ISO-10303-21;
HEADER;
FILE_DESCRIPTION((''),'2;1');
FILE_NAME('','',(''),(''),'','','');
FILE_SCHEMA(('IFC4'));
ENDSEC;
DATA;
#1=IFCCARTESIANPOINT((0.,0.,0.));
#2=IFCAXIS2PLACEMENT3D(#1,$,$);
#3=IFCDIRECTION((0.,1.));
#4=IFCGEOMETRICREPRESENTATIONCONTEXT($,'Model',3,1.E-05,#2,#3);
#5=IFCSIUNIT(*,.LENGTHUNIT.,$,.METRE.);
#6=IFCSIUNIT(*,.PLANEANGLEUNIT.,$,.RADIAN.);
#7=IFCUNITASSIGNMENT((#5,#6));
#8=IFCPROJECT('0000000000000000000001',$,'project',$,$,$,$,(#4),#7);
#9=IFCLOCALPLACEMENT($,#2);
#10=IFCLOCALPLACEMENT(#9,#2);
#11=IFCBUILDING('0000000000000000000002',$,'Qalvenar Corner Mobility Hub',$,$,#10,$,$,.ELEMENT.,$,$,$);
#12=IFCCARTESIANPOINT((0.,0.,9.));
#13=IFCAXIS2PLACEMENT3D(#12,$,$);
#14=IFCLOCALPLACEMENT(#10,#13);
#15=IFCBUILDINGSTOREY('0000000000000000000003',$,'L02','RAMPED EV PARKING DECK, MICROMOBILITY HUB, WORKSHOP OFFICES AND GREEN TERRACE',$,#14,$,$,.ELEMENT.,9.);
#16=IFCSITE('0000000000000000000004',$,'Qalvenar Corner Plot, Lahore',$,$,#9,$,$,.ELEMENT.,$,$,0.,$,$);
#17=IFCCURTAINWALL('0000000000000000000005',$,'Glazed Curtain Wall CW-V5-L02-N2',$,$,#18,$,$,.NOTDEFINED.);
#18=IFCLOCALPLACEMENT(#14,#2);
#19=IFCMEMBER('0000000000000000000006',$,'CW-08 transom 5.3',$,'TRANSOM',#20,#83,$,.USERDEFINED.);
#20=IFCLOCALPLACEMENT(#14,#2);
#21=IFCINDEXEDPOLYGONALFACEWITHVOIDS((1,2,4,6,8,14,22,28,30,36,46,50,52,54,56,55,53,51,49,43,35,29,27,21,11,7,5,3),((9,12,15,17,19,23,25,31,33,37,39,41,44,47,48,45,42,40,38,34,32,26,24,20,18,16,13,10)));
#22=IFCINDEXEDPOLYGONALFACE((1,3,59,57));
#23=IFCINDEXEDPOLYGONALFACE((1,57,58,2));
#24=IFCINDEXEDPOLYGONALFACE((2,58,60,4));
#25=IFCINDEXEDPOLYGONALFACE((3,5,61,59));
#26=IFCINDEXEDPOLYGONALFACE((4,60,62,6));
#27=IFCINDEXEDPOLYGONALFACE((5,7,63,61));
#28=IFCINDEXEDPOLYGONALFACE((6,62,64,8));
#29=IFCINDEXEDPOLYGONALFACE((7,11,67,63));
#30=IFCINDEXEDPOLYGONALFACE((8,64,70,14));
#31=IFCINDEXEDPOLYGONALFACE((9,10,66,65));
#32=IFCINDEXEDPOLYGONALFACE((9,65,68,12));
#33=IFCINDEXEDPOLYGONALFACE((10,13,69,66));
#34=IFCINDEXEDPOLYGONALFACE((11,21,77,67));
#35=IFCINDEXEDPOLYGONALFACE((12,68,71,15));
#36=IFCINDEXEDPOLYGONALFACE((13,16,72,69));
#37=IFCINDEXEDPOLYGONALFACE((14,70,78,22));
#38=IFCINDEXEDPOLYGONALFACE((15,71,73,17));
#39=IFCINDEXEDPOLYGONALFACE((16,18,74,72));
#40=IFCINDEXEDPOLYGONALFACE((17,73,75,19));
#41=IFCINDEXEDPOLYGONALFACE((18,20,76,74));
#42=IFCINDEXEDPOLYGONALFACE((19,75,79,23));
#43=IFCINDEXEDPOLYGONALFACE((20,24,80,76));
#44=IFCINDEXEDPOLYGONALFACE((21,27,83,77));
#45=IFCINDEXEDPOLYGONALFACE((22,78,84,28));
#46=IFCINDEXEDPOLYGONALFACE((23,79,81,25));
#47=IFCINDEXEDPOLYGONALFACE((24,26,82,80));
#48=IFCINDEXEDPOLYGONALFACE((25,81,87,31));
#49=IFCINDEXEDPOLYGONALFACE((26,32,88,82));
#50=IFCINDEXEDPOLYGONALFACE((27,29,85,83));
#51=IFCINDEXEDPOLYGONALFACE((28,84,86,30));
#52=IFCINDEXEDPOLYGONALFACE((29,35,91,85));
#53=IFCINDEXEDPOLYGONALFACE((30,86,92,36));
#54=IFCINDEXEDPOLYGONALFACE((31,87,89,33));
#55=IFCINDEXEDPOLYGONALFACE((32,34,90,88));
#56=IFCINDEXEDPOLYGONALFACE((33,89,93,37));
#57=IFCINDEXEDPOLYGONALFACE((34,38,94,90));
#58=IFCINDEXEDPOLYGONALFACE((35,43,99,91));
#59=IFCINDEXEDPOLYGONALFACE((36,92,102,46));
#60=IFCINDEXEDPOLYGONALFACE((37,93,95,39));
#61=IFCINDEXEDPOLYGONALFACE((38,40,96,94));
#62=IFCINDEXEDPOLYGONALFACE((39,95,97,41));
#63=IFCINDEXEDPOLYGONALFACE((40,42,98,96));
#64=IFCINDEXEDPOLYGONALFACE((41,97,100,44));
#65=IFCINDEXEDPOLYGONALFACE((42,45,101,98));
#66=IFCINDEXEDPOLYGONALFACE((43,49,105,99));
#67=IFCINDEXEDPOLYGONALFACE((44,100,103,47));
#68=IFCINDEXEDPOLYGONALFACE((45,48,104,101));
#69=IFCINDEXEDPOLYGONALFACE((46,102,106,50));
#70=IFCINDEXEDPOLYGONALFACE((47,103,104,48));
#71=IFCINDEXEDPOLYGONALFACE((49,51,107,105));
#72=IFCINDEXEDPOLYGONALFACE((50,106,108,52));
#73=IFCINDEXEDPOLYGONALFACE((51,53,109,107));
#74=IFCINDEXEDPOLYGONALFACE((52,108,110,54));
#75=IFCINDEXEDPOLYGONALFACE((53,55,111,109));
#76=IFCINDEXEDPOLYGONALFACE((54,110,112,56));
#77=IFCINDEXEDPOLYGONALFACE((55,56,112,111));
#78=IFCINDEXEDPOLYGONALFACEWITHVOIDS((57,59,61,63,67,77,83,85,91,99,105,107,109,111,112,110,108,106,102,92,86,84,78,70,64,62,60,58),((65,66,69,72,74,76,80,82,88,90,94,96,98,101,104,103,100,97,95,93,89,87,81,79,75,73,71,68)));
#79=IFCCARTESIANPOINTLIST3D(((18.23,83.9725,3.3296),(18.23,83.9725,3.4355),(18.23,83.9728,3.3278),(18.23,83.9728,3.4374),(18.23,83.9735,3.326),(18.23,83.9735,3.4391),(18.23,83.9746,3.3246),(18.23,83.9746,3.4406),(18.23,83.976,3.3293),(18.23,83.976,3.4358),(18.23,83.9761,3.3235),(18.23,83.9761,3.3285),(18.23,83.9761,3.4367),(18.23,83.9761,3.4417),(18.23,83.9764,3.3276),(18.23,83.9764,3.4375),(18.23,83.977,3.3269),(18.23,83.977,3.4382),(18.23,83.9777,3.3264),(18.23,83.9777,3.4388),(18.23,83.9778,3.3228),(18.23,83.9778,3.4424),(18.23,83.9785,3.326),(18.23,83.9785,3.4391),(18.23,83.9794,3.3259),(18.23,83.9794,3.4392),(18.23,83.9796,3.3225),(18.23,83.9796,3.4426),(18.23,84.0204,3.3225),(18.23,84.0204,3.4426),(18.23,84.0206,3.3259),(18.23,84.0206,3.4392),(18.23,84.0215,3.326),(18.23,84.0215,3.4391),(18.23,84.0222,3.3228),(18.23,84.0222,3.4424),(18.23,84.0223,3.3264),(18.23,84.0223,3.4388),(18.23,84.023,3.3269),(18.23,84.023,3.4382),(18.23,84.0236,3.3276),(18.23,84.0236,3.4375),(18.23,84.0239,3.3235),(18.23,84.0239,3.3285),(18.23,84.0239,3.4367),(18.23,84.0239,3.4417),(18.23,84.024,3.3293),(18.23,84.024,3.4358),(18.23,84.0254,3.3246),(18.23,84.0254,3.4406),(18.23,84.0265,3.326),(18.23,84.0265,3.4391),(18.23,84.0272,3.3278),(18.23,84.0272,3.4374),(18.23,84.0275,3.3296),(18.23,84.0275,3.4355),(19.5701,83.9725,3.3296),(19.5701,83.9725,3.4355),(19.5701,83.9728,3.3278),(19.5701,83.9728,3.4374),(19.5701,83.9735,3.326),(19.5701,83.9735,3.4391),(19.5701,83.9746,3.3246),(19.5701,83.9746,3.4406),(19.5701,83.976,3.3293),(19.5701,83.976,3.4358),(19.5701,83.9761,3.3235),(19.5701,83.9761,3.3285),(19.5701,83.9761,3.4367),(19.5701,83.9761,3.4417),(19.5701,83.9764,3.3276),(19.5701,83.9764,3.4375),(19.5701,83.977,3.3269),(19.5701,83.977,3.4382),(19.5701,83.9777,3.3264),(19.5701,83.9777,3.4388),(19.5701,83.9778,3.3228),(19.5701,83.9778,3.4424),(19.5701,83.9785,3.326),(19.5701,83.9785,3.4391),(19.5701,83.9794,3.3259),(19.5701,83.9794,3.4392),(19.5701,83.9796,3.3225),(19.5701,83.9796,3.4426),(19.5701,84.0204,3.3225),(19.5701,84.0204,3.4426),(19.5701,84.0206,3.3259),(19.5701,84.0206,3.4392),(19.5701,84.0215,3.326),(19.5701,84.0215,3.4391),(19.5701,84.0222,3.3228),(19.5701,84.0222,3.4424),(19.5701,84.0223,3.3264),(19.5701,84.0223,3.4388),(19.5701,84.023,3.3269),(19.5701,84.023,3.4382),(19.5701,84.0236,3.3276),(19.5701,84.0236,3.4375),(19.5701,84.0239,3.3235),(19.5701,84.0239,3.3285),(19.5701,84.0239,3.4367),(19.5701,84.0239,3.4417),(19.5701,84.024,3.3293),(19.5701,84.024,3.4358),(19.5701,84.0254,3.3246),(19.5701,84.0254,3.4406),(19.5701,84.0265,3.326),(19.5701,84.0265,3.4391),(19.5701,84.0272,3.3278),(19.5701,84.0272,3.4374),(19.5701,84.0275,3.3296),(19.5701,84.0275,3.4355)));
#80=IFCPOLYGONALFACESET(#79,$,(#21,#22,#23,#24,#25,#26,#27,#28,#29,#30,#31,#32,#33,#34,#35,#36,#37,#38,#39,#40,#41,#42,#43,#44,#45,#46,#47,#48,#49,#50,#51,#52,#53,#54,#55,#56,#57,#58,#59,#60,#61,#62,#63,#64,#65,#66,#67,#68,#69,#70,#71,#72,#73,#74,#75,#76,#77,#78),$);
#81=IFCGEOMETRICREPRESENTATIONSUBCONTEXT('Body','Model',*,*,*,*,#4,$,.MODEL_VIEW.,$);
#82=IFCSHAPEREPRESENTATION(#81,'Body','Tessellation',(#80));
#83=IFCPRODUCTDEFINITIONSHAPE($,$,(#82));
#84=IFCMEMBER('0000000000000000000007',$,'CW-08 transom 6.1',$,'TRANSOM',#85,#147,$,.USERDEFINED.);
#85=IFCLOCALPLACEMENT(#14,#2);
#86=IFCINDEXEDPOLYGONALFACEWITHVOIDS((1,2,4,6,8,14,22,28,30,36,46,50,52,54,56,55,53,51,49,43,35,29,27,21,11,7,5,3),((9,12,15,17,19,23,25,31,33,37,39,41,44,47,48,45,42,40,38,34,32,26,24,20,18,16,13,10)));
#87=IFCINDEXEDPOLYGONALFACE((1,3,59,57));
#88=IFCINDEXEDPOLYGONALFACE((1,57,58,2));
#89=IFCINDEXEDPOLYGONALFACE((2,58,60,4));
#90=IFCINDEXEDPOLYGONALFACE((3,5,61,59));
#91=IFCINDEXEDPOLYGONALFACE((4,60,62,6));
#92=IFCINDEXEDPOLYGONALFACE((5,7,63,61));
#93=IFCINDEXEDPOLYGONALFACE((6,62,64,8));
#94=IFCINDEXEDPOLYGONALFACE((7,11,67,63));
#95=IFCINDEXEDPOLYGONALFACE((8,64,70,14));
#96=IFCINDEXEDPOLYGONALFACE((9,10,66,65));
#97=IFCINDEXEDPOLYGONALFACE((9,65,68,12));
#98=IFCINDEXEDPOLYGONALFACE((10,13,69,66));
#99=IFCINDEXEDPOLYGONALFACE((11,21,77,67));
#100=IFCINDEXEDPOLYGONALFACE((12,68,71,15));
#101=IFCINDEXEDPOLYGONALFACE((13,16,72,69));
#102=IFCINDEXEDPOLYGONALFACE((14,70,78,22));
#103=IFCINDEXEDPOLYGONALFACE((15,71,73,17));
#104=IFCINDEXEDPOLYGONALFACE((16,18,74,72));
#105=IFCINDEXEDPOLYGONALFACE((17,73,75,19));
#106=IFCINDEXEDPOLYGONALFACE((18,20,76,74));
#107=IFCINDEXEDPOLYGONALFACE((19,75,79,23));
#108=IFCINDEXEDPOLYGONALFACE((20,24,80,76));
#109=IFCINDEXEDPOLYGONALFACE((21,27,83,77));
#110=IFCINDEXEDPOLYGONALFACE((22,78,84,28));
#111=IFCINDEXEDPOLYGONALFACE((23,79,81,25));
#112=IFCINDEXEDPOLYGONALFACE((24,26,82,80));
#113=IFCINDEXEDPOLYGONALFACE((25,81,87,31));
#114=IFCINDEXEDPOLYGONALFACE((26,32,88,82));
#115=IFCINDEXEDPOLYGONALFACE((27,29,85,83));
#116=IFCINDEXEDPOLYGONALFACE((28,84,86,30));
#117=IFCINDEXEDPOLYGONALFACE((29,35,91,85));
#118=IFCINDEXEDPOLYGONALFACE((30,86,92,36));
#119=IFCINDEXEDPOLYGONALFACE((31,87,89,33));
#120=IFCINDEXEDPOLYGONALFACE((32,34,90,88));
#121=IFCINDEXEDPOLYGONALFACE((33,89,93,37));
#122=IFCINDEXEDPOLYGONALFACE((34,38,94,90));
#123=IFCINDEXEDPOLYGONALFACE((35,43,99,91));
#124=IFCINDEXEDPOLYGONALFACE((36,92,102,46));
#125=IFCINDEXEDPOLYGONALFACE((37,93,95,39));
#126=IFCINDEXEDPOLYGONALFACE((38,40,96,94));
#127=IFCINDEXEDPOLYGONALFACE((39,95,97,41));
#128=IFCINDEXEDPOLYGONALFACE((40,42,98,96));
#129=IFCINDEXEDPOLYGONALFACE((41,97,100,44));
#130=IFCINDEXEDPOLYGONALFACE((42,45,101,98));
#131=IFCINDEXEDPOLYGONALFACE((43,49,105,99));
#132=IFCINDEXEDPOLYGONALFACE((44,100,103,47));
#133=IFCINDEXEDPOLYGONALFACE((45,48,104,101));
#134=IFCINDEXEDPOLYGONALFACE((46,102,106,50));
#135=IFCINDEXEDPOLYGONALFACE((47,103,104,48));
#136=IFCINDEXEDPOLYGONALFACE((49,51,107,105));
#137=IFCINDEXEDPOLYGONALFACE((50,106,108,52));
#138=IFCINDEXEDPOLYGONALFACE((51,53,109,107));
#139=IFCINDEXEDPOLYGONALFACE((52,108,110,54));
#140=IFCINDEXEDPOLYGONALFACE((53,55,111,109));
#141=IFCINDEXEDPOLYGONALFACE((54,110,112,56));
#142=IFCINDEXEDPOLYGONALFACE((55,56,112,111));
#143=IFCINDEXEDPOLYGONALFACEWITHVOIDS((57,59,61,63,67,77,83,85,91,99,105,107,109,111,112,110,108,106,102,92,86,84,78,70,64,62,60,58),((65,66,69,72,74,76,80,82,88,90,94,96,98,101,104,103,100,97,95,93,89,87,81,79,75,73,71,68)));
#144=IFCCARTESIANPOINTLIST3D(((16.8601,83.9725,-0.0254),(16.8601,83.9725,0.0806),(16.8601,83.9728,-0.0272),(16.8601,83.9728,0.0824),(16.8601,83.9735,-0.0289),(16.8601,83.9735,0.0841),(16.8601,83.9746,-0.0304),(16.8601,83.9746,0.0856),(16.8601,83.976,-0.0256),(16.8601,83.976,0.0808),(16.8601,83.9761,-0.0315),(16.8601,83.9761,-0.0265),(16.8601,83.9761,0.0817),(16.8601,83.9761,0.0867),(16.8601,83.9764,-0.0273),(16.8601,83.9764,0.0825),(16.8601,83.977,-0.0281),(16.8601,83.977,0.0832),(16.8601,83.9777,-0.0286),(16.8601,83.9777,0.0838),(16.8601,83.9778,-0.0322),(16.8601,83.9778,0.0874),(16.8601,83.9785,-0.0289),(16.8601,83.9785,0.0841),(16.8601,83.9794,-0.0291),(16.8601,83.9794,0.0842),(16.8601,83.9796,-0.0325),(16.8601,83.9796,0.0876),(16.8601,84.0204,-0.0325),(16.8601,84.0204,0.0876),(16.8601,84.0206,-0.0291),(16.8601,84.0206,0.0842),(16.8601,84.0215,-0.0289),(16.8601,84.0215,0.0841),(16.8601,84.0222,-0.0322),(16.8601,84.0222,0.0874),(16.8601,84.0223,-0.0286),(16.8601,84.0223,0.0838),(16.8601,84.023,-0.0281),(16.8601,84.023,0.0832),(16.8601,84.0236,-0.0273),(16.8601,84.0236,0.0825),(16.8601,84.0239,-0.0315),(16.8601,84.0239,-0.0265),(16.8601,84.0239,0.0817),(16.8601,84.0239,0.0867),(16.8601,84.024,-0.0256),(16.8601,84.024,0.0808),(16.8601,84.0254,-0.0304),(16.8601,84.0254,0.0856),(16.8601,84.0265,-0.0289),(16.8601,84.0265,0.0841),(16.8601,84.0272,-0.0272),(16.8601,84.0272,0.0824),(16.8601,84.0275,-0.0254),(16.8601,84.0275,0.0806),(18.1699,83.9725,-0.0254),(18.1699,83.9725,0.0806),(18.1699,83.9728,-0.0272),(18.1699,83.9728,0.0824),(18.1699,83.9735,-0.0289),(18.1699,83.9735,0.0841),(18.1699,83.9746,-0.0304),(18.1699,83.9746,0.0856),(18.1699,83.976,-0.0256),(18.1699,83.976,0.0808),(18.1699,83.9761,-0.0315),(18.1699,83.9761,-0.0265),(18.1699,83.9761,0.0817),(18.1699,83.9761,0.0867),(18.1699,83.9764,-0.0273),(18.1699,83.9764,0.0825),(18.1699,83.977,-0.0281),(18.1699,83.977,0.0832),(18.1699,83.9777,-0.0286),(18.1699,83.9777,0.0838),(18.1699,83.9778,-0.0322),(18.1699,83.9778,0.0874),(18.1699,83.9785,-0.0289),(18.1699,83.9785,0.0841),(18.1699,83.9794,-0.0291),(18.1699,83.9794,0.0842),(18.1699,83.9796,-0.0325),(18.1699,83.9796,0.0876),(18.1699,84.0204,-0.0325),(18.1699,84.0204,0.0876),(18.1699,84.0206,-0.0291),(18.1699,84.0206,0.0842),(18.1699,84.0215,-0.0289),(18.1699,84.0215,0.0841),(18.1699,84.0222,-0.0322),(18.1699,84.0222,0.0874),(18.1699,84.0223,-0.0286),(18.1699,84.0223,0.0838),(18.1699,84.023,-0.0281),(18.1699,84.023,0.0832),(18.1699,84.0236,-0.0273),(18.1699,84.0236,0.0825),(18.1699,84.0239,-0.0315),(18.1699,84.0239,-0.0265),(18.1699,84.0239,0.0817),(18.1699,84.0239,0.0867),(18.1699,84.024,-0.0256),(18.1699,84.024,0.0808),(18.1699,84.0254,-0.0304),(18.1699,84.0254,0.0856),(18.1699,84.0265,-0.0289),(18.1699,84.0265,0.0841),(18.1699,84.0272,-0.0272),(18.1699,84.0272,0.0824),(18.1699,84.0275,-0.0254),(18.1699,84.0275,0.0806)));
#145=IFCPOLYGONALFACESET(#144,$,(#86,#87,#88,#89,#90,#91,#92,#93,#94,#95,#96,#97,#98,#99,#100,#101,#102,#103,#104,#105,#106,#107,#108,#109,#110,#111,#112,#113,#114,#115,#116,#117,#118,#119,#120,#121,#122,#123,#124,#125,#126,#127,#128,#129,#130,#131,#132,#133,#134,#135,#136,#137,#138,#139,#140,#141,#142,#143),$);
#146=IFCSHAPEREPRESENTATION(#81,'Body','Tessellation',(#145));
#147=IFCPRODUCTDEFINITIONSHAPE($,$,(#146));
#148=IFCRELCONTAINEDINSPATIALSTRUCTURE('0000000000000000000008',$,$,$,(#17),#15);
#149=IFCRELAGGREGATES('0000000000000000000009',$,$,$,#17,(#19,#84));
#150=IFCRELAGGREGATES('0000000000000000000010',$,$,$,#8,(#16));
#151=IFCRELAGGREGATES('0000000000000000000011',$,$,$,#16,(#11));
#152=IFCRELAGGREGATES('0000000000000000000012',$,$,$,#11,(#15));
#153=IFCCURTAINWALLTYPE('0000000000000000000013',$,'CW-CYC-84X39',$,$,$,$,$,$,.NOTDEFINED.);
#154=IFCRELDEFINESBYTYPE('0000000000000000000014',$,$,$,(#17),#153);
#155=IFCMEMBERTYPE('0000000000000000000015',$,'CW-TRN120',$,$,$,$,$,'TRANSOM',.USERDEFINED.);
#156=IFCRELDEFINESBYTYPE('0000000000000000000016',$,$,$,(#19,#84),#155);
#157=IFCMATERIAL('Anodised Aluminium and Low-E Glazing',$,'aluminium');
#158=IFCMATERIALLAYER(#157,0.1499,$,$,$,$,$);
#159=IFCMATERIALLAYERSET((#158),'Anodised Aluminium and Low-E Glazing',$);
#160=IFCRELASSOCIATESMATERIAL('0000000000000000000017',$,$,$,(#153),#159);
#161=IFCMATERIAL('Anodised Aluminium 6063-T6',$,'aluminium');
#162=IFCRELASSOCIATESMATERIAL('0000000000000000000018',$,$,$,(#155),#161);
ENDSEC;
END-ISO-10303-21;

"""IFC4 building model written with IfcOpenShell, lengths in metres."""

from ifc_helpers import new_model, si_unit, direction, frame, origin, origin_2d, place, context, subcontext, project, spatial, hollow_rectangle, extrude, material, layer, layer_set, material_profile, profile_set, type_object, element, aggregate, save


model = new_model("IFC4")

# Units and contexts
model_context = context("Model", 3, precision=1e-05, world=origin(), true_north=direction((0.0, 1.0)))
body_context = subcontext(model_context, "Body", "Model", "MODEL_VIEW")
ifc_project = project(units=[si_unit("LENGTHUNIT", "METRE"), si_unit("PLANEANGLEUNIT", "RADIAN")], contexts=[model_context])

# Site, building, storey
site_placement = place(None, origin())
site = spatial("IfcSite", under=ifc_project, at=site_placement, Name="Qalvenar Corner Plot, Lahore", CompositionType="ELEMENT", RefElevation=0.0)
building_placement = place(site_placement, origin())
building = spatial("IfcBuilding", under=site, at=building_placement, Name="Qalvenar Corner Mobility Hub", CompositionType="ELEMENT")
storey_placement = place(building_placement, frame((0.0, 0.0, 9.0)))
storey = spatial("IfcBuildingStorey", under=building, at=storey_placement, Name="L02", Description="RAMPED EV PARKING DECK, MICROMOBILITY HUB, WORKSHOP OFFICES AND GREEN TERRACE", CompositionType="ELEMENT", Elevation=9.0)

# Shared definitions
ifc_material_1 = material(Name="Anodised Aluminium and Low-E Glazing", Category="aluminium")
ifc_layer_1 = layer(ifc_material_1, 0.1499)
ifc_layer_set_1 = layer_set([ifc_layer_1], Name="Anodised Aluminium and Low-E Glazing")
curtain_wall_type = type_object("IfcCurtainWallType", Name="CW-CYC-84X39", PredefinedType="NOTDEFINED", material=ifc_layer_set_1)
ifc_material_2 = material(Name="Anodised Aluminium 6063-T6", Category="aluminium")

# Curtain wall
curtain_wall_1_placement = place(storey_placement, origin())
curtain_wall_1 = element("IfcCurtainWall", 1, at=curtain_wall_1_placement, inside=storey, type_object=curtain_wall_type, Name="Glazed Curtain Wall CW-V5-L02-N2", PredefinedType="NOTDEFINED")

# Members
ifc_material_profile_1 = material_profile(ifc_material_2, hollow_rectangle(XDim=0.0549, YDim=0.1201, WallThickness=0.0034, InnerFilletRadius=0.0034, OuterFilletRadius=0.0071, at=origin_2d()), Name="RHS120x55x3.5")
ifc_profile_set_1 = profile_set([ifc_material_profile_1], Name="Anodised Aluminium 6063-T6")
member_type_1 = type_object("IfcMemberType", Name="CW-TRN120", ElementType="TRANSOM", PredefinedType="USERDEFINED", material=ifc_profile_set_1)
member_1_placement = place(storey_placement, frame((19.5701, 84.0, 3.3826), z_axis=(-1.0, 0.0, 0.0), x_axis=(0.0, -1.0, 0.0)))
member_1 = element("IfcMember", 2, at=member_1_placement, type_object=member_type_1, Name="CW-08 transom 5.3", ObjectType="TRANSOM", PredefinedType="USERDEFINED", context=body_context, shape_type="SweptSolid", body=[
    extrude(hollow_rectangle(XDim=0.0549, YDim=0.1201, WallThickness=0.0034, InnerFilletRadius=0.0034, OuterFilletRadius=0.0071, at=origin_2d()), origin(), (0.0, 0.0, 1.0), 1.3401),
])
member_2_placement = place(storey_placement, frame((18.1699, 84.0, 0.0276), z_axis=(-1.0, 0.0, 0.0), x_axis=(0.0, -1.0, 0.0)))
member_2 = element("IfcMember", 3, at=member_2_placement, type_object=member_type_1, Name="CW-08 transom 6.1", ObjectType="TRANSOM", PredefinedType="USERDEFINED", context=body_context, shape_type="SweptSolid", body=[
    extrude(hollow_rectangle(XDim=0.0549, YDim=0.1201, WallThickness=0.0034, InnerFilletRadius=0.0034, OuterFilletRadius=0.0071, at=origin_2d()), origin(), (0.0, 0.0, 1.0), 1.3098),
])

aggregate(curtain_wall_1, [member_1, member_2])

save(model, "model.ifc")
